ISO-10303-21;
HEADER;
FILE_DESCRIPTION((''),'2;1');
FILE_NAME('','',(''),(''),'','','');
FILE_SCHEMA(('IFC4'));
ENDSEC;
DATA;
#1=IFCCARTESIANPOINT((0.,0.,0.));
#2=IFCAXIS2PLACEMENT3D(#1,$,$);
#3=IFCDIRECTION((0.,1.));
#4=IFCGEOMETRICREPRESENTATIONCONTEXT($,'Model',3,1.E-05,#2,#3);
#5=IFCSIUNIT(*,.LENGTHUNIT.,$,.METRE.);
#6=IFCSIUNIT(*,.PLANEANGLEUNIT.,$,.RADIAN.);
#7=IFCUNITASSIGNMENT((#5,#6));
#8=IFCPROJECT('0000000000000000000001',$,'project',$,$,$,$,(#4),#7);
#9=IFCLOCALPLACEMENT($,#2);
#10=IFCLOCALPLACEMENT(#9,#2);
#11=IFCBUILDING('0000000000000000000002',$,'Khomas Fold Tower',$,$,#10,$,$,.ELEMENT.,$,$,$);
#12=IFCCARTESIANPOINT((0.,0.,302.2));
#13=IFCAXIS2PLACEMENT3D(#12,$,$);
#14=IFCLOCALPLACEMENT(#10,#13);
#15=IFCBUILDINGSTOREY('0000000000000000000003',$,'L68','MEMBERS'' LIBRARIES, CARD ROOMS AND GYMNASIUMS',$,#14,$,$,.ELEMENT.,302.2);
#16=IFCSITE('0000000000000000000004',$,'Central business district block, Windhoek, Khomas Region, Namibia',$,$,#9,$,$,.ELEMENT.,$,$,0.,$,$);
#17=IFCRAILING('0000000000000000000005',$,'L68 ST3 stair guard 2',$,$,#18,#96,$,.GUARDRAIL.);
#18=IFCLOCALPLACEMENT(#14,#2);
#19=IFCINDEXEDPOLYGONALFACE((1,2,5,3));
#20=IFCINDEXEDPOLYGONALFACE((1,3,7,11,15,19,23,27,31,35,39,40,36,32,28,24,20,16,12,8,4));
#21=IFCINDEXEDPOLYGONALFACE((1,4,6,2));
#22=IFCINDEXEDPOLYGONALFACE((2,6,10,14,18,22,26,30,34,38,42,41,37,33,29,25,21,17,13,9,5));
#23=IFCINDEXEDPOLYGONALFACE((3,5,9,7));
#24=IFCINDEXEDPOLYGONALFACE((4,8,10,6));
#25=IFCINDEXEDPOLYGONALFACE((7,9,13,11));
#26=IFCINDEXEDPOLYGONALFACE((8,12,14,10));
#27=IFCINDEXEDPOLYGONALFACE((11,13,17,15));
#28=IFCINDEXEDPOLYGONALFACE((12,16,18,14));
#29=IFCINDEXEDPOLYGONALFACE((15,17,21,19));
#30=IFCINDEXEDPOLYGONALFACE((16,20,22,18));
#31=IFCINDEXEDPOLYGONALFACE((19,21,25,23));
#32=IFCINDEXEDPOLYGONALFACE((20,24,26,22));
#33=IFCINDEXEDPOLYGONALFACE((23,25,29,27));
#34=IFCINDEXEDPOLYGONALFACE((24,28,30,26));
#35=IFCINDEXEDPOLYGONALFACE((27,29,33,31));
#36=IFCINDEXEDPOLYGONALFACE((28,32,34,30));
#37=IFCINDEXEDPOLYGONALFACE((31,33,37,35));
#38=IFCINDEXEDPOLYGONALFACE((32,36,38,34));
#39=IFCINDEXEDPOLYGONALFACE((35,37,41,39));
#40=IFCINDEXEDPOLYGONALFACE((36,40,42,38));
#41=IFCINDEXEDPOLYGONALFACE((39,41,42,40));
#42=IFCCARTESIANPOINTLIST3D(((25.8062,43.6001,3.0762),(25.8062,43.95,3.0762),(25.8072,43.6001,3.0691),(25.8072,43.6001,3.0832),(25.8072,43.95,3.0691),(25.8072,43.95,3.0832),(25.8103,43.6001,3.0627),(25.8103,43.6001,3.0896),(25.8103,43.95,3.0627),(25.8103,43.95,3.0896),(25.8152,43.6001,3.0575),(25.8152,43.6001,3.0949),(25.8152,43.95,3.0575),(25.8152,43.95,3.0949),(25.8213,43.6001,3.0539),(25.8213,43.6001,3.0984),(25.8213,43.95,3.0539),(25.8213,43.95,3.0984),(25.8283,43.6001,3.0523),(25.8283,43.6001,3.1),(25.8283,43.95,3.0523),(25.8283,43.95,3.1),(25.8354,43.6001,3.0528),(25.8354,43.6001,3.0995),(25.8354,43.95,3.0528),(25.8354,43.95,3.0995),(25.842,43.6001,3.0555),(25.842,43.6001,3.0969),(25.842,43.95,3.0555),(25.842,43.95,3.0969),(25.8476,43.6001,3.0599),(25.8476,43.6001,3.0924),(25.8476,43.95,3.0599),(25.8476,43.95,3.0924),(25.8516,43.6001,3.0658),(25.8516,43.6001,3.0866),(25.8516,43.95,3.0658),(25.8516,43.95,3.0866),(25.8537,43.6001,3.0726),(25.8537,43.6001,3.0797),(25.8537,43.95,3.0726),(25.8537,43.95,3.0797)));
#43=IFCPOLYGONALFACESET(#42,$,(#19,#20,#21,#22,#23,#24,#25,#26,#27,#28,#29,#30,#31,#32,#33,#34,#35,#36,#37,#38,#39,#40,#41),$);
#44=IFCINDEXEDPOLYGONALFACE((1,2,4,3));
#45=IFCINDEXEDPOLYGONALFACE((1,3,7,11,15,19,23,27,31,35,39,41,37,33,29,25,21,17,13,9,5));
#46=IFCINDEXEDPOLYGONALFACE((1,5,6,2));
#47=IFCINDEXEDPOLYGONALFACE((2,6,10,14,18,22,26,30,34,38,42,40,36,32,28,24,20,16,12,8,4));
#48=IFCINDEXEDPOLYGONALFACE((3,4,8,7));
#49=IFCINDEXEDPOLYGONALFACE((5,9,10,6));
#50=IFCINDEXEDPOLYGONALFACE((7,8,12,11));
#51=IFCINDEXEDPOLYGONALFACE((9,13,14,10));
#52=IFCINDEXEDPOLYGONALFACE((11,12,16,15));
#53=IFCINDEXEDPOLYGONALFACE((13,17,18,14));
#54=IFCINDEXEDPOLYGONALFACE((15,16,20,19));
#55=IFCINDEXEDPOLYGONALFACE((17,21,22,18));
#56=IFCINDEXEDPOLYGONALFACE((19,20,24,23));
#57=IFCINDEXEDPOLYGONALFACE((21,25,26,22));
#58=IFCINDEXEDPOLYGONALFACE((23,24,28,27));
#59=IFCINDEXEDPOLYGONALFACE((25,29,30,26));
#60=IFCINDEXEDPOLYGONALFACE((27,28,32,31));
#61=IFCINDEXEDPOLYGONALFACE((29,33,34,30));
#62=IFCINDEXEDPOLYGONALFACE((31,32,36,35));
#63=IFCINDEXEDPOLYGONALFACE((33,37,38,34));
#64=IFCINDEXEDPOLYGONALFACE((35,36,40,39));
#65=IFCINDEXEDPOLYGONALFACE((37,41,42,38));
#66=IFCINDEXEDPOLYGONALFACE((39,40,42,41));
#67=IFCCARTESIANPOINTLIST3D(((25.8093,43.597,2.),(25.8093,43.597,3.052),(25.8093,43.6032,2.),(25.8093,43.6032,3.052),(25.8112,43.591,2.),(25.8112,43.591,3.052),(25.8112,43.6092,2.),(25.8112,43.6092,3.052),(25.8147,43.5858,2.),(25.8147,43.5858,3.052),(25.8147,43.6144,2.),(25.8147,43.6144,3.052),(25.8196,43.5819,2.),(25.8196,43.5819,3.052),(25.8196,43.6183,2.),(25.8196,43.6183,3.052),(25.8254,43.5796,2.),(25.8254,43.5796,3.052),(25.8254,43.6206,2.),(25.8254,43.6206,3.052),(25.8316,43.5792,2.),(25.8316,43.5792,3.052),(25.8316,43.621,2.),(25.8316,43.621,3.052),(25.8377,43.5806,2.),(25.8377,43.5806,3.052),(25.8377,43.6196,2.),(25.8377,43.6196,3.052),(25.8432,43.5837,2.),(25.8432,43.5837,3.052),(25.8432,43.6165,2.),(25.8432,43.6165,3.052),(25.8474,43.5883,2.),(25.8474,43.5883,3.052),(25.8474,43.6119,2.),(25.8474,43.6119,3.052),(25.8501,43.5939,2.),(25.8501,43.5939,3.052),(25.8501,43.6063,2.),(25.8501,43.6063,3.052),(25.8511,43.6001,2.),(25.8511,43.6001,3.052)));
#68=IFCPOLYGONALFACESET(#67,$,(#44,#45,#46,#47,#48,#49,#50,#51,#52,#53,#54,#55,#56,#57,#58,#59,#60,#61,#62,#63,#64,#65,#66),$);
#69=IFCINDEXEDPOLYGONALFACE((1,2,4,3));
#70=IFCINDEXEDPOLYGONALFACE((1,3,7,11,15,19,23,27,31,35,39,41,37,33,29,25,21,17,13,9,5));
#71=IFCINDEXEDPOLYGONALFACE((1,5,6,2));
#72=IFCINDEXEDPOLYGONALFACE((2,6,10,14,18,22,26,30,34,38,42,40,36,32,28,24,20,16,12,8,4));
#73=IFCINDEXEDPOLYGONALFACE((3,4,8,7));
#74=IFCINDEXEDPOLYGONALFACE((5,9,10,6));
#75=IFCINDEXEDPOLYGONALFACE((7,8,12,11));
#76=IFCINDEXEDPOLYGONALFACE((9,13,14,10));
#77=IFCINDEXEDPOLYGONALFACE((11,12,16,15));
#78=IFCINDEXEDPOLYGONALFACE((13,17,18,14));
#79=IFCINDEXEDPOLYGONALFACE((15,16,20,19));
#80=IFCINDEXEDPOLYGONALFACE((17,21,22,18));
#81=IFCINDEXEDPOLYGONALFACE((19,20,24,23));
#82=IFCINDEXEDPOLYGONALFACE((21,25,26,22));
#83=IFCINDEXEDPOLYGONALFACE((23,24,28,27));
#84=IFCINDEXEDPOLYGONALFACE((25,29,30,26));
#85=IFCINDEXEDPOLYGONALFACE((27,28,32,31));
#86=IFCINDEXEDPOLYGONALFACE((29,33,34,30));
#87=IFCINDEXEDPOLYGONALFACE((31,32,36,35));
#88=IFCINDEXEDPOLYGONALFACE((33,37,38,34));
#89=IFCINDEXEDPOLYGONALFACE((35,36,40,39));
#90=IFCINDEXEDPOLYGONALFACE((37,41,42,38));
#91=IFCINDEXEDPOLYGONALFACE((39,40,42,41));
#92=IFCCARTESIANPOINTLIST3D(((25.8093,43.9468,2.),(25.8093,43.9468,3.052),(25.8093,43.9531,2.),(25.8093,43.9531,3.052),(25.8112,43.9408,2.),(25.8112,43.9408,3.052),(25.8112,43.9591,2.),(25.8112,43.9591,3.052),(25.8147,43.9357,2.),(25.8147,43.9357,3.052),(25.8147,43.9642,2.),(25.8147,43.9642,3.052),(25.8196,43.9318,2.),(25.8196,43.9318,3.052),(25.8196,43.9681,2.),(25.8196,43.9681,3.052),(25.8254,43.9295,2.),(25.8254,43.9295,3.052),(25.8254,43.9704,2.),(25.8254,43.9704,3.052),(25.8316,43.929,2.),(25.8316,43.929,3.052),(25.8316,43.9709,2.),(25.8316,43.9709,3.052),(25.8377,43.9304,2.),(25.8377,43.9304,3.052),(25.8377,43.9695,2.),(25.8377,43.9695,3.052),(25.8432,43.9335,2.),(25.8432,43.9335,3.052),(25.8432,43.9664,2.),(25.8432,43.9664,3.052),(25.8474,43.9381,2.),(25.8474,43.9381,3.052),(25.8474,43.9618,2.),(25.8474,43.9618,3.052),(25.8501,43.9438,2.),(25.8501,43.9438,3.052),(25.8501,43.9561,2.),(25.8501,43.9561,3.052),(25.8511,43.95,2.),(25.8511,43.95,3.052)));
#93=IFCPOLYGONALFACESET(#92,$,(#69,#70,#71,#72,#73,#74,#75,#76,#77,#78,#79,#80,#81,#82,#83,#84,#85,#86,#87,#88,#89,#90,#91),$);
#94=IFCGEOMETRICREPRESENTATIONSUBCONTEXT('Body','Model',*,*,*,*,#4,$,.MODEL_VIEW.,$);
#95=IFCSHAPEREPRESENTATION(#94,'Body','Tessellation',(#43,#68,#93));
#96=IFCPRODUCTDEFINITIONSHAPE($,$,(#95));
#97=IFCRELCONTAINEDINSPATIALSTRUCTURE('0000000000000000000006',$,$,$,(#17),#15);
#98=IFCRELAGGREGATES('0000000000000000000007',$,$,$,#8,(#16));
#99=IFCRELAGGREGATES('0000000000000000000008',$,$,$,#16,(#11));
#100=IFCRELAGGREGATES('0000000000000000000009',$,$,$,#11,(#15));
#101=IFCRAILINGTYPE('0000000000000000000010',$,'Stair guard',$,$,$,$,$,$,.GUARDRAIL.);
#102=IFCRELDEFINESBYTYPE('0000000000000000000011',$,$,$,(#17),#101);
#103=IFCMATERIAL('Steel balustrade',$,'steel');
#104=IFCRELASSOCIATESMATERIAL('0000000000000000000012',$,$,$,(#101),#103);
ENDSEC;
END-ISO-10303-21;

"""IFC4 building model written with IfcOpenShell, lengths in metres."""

from ifc_helpers import new_model, si_unit, direction, frame, origin, origin_2d, place, context, subcontext, project, spatial, circle, extrude, source, transform, mapped, material, type_object, element, save


model = new_model("IFC4")

# Units and contexts
model_context = context("Model", 3, precision=1e-05, world=origin(), true_north=direction((0.0, 1.0)))
body_context = subcontext(model_context, "Body", "Model", "MODEL_VIEW")
ifc_project = project(units=[si_unit("LENGTHUNIT", "METRE"), si_unit("PLANEANGLEUNIT", "RADIAN")], contexts=[model_context])

# Site, building, storey
site_placement = place(None, origin())
site = spatial("IfcSite", under=ifc_project, at=site_placement, Name="Central business district block, Windhoek, Khomas Region, Namibia", CompositionType="ELEMENT", RefElevation=0.0)
building_placement = place(site_placement, origin())
building = spatial("IfcBuilding", under=site, at=building_placement, Name="Khomas Fold Tower", CompositionType="ELEMENT")
storey_placement = place(building_placement, frame((0.0, 0.0, 302.2)))
storey = spatial("IfcBuildingStorey", under=building, at=storey_placement, Name="L68", Description="MEMBERS' LIBRARIES, CARD ROOMS AND GYMNASIUMS", CompositionType="ELEMENT", Elevation=302.2)

# Railing
ifc_material_1 = material(Name="Steel balustrade", Category="steel")
railing_type_1 = type_object("IfcRailingType", Name="Stair guard", PredefinedType="GUARDRAIL", material=ifc_material_1)
shared_shape_1 = source(origin(), body_context, "Body", "SweptSolid", [
    extrude(circle(Radius=0.0239, at=origin_2d()), frame((0.0, 0.0, 1.0762), z_axis=(0.0, 1.0, 0.0), x_axis=(-1.0, 0.0, 0.0)), (0.0, 0.0, 1.0), 0.3499),
    extrude(circle(Radius=0.021, at=origin_2d()), origin(), (0.0, 0.0, 1.0), 1.052),
    extrude(circle(Radius=0.021, at=origin_2d()), frame((0.0, 0.3499, 0.0)), (0.0, 0.0, 1.0), 1.052),
])
railing_1_placement = place(storey_placement, frame((25.8301, 43.6001, 2.0)))
element("IfcRailing", 1, at=railing_1_placement, inside=storey, type_object=railing_type_1, Name="L68 ST3 stair guard 2", PredefinedType="GUARDRAIL", context=body_context, shape_type="MappedRepresentation", body=[
    mapped(shared_shape_1, transform((0.0, 0.0, 0.0))),
])

save(model, "model.ifc")
